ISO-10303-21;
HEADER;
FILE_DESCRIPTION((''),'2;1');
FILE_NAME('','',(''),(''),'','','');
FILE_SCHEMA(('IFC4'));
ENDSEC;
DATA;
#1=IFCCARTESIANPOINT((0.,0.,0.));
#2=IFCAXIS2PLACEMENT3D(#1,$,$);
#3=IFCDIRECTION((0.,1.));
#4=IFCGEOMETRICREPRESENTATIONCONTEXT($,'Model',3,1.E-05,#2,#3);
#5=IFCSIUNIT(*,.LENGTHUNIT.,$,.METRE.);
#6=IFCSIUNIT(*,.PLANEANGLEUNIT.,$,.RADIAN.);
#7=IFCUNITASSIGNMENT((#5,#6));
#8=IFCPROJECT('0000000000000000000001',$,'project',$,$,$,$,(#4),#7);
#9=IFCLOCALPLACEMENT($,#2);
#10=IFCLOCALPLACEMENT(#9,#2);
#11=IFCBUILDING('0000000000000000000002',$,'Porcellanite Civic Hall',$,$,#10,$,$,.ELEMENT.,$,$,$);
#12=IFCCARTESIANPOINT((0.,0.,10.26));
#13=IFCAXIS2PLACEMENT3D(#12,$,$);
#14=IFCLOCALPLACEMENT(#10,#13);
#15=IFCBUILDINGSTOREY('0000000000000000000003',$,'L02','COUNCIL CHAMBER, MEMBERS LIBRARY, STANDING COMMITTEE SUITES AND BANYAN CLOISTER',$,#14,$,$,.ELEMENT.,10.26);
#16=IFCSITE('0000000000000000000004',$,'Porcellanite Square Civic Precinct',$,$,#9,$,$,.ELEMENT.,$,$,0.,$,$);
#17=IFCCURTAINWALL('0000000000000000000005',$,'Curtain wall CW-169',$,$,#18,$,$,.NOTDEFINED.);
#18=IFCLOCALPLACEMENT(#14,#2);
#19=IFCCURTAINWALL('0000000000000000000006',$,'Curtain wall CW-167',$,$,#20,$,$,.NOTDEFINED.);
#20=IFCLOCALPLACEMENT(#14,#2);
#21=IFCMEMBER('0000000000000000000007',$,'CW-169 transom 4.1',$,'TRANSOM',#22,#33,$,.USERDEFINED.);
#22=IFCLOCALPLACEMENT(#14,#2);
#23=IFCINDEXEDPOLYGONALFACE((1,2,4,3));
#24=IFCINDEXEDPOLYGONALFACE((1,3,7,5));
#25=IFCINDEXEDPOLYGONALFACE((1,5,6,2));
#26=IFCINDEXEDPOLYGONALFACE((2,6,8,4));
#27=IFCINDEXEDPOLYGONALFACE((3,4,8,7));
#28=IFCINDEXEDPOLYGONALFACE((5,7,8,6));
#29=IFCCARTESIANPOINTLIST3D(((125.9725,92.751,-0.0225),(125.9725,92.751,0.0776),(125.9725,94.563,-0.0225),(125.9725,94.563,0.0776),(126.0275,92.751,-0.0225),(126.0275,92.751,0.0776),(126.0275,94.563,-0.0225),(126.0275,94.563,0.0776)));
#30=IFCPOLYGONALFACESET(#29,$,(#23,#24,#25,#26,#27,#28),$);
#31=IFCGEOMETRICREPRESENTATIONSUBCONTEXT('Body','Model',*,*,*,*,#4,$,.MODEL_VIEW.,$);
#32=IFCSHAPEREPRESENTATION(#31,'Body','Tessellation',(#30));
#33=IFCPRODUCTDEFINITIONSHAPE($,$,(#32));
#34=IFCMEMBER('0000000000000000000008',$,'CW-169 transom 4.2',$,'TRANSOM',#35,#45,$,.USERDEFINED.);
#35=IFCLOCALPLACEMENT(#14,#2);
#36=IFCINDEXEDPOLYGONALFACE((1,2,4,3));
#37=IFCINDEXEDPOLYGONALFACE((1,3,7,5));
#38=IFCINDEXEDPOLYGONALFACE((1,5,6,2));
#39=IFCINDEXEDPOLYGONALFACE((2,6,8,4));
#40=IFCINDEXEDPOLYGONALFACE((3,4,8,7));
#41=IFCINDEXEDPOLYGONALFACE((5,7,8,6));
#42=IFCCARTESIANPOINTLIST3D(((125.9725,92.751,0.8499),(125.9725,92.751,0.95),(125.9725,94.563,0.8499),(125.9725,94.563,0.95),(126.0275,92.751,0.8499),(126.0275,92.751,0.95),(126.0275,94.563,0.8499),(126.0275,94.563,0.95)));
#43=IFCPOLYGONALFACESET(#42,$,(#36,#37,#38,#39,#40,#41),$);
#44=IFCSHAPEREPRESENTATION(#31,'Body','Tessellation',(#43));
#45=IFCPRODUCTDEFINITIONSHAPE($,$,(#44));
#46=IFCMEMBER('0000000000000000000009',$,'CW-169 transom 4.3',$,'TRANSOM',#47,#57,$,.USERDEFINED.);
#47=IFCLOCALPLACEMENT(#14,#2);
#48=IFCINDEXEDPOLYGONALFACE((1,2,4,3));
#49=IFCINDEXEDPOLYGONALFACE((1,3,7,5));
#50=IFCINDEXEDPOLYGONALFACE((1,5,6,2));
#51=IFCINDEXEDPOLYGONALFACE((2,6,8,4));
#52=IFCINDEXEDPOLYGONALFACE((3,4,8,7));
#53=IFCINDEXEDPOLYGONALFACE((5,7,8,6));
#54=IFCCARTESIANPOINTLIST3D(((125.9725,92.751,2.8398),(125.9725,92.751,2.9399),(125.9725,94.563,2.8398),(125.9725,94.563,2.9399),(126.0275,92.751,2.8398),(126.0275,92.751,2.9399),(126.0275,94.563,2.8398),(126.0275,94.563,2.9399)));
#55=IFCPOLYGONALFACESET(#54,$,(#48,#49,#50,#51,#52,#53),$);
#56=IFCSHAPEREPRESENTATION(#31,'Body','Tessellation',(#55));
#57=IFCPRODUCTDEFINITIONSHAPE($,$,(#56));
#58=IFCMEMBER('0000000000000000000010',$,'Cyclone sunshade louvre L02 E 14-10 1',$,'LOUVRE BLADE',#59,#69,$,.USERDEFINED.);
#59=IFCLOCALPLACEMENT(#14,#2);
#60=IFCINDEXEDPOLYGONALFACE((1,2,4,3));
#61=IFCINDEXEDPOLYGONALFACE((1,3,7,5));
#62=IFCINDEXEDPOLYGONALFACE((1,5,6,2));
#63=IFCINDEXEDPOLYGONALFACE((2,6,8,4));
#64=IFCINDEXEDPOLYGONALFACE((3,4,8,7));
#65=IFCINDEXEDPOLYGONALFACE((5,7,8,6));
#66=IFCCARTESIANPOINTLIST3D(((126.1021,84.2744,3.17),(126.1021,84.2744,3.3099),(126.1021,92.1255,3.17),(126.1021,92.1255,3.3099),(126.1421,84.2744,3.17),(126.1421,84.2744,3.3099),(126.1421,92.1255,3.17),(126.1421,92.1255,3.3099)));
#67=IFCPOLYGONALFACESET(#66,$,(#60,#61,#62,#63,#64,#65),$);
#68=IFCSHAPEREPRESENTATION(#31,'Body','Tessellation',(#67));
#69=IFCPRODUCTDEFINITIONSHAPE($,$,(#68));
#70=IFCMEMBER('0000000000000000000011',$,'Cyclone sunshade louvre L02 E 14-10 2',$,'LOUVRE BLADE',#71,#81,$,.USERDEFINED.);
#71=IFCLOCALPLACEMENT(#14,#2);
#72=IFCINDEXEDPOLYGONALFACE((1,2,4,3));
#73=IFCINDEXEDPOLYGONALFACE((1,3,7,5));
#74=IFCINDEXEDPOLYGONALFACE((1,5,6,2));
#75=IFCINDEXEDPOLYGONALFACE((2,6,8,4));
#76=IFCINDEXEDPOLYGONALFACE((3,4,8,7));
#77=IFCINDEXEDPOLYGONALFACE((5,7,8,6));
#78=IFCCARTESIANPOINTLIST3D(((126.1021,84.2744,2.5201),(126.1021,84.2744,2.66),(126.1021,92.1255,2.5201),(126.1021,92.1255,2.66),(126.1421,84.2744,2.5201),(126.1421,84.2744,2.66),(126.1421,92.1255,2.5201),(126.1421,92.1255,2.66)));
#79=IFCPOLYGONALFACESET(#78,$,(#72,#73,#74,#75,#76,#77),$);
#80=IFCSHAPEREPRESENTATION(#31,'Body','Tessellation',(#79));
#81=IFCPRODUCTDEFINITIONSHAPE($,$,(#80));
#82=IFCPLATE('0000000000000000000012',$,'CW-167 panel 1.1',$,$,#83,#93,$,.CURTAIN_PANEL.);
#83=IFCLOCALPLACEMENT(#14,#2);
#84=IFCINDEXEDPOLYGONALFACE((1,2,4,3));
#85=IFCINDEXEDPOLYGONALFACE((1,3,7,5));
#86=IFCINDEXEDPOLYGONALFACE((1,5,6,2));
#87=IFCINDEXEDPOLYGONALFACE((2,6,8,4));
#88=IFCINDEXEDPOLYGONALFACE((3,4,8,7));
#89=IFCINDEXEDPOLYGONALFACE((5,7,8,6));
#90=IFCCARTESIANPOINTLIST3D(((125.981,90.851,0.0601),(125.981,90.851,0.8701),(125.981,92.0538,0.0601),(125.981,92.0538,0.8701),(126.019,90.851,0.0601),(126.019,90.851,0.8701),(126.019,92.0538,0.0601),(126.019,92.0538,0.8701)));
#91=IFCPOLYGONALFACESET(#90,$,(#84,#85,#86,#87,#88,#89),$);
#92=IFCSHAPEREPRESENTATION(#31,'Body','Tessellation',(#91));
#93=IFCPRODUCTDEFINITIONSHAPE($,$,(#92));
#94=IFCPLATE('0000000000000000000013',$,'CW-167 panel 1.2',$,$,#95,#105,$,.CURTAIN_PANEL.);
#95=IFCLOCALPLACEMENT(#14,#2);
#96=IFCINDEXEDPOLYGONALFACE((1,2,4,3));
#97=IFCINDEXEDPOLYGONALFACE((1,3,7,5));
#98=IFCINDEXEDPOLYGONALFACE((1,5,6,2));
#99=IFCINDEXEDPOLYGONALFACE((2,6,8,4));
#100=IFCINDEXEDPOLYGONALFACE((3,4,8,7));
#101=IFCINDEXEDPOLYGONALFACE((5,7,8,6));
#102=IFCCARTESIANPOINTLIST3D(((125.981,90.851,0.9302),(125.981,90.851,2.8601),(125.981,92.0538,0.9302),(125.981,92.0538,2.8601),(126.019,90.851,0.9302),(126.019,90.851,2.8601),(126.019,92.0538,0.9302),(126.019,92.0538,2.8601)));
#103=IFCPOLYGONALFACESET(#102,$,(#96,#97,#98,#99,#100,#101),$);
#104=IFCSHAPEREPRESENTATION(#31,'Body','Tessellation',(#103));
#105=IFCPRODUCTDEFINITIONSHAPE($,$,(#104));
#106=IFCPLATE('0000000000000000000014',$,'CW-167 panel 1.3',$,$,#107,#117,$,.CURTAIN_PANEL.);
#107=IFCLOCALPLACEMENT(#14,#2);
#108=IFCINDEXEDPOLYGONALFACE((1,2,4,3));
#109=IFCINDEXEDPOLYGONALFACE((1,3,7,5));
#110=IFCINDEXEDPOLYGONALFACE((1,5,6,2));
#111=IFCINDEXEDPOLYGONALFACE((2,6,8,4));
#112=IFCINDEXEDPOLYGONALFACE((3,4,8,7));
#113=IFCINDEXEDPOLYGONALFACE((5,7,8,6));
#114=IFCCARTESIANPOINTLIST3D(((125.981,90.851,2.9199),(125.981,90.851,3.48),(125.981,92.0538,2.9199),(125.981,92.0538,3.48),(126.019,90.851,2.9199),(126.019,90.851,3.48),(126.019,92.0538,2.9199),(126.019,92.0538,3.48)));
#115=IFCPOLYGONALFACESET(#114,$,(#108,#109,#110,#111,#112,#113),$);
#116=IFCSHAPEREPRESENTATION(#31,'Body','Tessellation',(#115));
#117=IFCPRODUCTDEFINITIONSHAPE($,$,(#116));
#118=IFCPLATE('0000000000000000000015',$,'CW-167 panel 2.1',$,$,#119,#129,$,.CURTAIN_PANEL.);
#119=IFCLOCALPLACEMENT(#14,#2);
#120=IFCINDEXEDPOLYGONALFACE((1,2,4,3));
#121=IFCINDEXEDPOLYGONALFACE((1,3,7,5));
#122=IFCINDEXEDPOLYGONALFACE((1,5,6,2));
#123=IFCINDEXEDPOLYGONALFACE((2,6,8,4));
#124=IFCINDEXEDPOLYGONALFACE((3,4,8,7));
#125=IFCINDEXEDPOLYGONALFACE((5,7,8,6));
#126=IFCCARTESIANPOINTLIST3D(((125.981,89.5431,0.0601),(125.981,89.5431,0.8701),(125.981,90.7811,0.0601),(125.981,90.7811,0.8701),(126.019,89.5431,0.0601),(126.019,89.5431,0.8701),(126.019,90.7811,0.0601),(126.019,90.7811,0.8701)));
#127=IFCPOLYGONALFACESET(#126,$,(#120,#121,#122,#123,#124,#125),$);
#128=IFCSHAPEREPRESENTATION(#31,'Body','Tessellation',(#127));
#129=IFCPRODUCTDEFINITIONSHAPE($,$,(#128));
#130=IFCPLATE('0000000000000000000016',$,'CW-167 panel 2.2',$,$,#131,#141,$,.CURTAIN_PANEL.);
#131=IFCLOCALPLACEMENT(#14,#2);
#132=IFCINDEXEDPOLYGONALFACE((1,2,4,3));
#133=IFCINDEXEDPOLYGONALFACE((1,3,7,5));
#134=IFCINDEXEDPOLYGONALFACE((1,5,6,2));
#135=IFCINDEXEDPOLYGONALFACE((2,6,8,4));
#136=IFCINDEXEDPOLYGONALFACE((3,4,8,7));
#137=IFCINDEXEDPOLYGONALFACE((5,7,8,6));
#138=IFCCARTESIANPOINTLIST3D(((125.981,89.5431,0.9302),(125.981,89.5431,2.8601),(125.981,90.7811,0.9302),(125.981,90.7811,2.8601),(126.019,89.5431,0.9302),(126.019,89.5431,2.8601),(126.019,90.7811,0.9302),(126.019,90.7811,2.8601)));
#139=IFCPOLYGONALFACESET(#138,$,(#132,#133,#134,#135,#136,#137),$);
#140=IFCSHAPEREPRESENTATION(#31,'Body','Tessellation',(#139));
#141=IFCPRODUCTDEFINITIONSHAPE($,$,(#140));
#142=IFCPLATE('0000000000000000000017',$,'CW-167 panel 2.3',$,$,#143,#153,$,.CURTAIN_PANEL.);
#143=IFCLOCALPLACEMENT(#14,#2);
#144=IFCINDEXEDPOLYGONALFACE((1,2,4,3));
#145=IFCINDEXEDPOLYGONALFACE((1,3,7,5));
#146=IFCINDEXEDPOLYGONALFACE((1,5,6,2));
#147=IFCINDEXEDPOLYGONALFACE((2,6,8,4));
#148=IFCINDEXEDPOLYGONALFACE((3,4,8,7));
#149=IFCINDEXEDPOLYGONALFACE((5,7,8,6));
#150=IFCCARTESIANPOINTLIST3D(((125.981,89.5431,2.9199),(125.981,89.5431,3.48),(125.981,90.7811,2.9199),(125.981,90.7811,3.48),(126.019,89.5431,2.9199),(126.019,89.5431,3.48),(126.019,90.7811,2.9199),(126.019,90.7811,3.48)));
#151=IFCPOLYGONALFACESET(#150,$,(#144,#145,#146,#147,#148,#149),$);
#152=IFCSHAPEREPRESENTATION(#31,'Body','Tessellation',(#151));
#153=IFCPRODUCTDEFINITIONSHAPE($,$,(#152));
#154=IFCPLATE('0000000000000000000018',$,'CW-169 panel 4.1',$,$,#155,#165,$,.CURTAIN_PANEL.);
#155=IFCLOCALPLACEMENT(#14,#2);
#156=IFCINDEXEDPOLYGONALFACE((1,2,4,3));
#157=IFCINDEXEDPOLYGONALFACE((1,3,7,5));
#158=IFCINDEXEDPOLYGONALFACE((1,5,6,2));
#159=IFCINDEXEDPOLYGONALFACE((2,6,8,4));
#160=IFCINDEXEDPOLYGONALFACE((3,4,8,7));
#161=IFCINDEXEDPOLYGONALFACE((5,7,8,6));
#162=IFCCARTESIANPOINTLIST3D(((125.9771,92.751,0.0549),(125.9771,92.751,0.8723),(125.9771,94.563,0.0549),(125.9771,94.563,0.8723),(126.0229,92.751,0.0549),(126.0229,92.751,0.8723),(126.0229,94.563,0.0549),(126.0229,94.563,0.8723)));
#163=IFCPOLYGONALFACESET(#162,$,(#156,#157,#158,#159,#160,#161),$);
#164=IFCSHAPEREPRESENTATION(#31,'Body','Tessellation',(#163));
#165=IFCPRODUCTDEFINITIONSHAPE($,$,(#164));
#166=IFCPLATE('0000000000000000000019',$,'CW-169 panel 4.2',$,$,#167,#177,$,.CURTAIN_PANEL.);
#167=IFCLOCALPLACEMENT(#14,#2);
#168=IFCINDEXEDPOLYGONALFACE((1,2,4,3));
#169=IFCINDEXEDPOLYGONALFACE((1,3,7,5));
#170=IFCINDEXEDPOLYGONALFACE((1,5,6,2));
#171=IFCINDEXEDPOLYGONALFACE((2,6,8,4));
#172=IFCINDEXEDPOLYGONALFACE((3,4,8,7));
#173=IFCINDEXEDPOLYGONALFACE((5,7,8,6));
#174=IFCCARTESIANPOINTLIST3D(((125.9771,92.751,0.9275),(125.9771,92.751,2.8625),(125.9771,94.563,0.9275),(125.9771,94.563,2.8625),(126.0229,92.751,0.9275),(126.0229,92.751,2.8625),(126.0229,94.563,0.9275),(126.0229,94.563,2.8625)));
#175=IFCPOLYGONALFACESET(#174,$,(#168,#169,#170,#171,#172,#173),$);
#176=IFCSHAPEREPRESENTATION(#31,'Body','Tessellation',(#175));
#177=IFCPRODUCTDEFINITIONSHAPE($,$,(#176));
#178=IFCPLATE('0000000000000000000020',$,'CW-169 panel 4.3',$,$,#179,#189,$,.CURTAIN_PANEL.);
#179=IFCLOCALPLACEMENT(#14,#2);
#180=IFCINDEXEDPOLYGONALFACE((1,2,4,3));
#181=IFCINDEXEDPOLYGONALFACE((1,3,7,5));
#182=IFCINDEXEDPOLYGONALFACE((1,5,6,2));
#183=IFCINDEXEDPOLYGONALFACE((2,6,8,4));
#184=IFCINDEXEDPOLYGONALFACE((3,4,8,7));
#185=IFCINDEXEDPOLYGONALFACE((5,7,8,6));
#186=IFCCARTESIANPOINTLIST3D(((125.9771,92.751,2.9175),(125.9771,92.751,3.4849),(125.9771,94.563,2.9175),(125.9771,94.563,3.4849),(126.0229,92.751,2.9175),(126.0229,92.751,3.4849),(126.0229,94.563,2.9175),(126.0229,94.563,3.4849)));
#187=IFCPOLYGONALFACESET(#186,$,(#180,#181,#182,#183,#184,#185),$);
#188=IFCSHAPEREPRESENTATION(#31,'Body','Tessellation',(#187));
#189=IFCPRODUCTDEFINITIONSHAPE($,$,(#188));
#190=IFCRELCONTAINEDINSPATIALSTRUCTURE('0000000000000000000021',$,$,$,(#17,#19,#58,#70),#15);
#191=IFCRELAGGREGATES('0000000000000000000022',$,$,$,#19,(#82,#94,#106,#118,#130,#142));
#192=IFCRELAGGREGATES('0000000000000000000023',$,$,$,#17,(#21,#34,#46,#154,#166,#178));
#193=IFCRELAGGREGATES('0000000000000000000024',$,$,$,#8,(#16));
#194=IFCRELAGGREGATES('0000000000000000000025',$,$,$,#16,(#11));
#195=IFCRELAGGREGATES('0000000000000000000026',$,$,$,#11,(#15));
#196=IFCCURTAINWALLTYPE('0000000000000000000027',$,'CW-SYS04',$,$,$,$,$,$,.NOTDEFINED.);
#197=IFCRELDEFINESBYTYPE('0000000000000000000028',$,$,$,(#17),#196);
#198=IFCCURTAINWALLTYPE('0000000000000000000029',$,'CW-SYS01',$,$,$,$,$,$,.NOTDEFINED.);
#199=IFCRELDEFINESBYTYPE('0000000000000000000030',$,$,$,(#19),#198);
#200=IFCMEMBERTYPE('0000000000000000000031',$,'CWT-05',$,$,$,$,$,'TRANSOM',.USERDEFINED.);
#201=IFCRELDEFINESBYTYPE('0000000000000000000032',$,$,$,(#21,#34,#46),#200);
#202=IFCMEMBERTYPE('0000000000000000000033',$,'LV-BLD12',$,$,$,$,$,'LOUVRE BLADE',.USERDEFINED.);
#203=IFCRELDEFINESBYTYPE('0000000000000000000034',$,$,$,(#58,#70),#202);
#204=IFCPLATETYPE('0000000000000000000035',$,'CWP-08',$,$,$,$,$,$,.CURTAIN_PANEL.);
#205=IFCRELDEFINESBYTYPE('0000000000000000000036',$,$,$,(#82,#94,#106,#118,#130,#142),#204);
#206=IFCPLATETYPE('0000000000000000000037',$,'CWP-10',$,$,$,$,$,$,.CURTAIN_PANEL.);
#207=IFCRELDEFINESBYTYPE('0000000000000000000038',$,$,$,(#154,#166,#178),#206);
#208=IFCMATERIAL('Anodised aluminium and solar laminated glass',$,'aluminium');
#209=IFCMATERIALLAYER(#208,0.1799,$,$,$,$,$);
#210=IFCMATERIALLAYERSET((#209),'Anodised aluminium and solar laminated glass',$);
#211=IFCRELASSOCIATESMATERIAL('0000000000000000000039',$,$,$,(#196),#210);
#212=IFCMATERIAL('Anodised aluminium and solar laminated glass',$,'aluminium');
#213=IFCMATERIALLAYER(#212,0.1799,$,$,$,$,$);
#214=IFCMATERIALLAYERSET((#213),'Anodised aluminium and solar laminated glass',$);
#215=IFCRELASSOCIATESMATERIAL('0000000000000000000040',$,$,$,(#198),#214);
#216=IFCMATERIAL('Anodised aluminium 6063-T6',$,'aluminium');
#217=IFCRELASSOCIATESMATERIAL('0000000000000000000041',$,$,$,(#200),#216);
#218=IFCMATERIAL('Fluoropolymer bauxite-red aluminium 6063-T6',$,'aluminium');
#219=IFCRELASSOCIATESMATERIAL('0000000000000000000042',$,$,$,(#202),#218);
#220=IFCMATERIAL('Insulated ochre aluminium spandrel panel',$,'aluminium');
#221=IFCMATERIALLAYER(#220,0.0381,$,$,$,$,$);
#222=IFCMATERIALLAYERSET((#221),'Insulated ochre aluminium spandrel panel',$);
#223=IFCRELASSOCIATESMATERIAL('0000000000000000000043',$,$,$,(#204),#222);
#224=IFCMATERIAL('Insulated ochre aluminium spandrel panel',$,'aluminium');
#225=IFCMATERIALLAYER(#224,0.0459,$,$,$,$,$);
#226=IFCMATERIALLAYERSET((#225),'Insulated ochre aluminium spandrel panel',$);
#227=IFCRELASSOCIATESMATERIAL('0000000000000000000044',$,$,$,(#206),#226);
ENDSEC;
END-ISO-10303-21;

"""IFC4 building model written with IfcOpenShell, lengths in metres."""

from ifc_helpers import new_model, si_unit, direction, frame, origin, origin_2d, place, context, subcontext, project, spatial, rectangle, extrude, material, layer, layer_set, material_profile, profile_set, type_object, element, aggregate, save


model = new_model("IFC4")

# Units and contexts
model_context = context("Model", 3, precision=1e-05, world=origin(), true_north=direction((0.0, 1.0)))
body_context = subcontext(model_context, "Body", "Model", "MODEL_VIEW")
ifc_project = project(units=[si_unit("LENGTHUNIT", "METRE"), si_unit("PLANEANGLEUNIT", "RADIAN")], contexts=[model_context])

# Site, building, storey
site_placement = place(None, origin())
site = spatial("IfcSite", under=ifc_project, at=site_placement, Name="Porcellanite Square Civic Precinct", CompositionType="ELEMENT", RefElevation=0.0)
building_placement = place(site_placement, origin())
building = spatial("IfcBuilding", under=site, at=building_placement, Name="Porcellanite Civic Hall", CompositionType="ELEMENT")
storey_placement = place(building_placement, frame((0.0, 0.0, 10.26)))
storey = spatial("IfcBuildingStorey", under=building, at=storey_placement, Name="L02", Description="COUNCIL CHAMBER, MEMBERS LIBRARY, STANDING COMMITTEE SUITES AND BANYAN CLOISTER", CompositionType="ELEMENT", Elevation=10.26)

# Curtain wall
ifc_material_1 = material(Name="Anodised aluminium and solar laminated glass", Category="aluminium")
ifc_layer_1 = layer(ifc_material_1, 0.1799)
ifc_layer_set_1 = layer_set([ifc_layer_1], Name="Anodised aluminium and solar laminated glass")
curtain_wall_type_1 = type_object("IfcCurtainWallType", Name="CW-SYS04", PredefinedType="NOTDEFINED", material=ifc_layer_set_1)
curtain_wall_1_placement = place(storey_placement, origin())
curtain_wall_1 = element("IfcCurtainWall", 1, at=curtain_wall_1_placement, inside=storey, type_object=curtain_wall_type_1, Name="Curtain wall CW-169", PredefinedType="NOTDEFINED")

# Curtain wall
ifc_material_2 = material(Name="Anodised aluminium and solar laminated glass", Category="aluminium")
ifc_layer_2 = layer(ifc_material_2, 0.1799)
ifc_layer_set_2 = layer_set([ifc_layer_2], Name="Anodised aluminium and solar laminated glass")
curtain_wall_type_2 = type_object("IfcCurtainWallType", Name="CW-SYS01", PredefinedType="NOTDEFINED", material=ifc_layer_set_2)
curtain_wall_2_placement = place(storey_placement, origin())
curtain_wall_2 = element("IfcCurtainWall", 2, at=curtain_wall_2_placement, inside=storey, type_object=curtain_wall_type_2, Name="Curtain wall CW-167", PredefinedType="NOTDEFINED")

# Members
ifc_material_3 = material(Name="Anodised aluminium 6063-T6", Category="aluminium")
ifc_material_profile_1 = material_profile(ifc_material_3, rectangle(XDim=0.0549, YDim=0.1001, at=origin_2d()), Name="AL-55x100")
ifc_profile_set_1 = profile_set([ifc_material_profile_1], Name="Anodised aluminium 6063-T6")
member_type_1 = type_object("IfcMemberType", Name="CWT-05", ElementType="TRANSOM", PredefinedType="USERDEFINED", material=ifc_profile_set_1)
member_1_placement = place(storey_placement, frame((126.0, 94.563, 0.0276), z_axis=(0.0, -1.0, 0.0), x_axis=(1.0, 0.0, 0.0)))
member_1 = element("IfcMember", 3, at=member_1_placement, type_object=member_type_1, Name="CW-169 transom 4.1", ObjectType="TRANSOM", PredefinedType="USERDEFINED", context=body_context, shape_type="SweptSolid", body=[
    extrude(rectangle(XDim=0.0549, YDim=0.1001, at=origin_2d()), origin(), (0.0, 0.0, 1.0), 1.812),
])
member_2_placement = place(storey_placement, frame((126.0, 94.563, 0.8999), z_axis=(0.0, -1.0, 0.0), x_axis=(1.0, 0.0, 0.0)))
member_2 = element("IfcMember", 4, at=member_2_placement, type_object=member_type_1, Name="CW-169 transom 4.2", ObjectType="TRANSOM", PredefinedType="USERDEFINED", context=body_context, shape_type="SweptSolid", body=[
    extrude(rectangle(XDim=0.0549, YDim=0.1001, at=origin_2d()), origin(), (0.0, 0.0, 1.0), 1.812),
])
member_3_placement = place(storey_placement, frame((126.0, 94.563, 2.8899), z_axis=(0.0, -1.0, 0.0), x_axis=(1.0, 0.0, 0.0)))
member_3 = element("IfcMember", 5, at=member_3_placement, type_object=member_type_1, Name="CW-169 transom 4.3", ObjectType="TRANSOM", PredefinedType="USERDEFINED", context=body_context, shape_type="SweptSolid", body=[
    extrude(rectangle(XDim=0.0549, YDim=0.1001, at=origin_2d()), origin(), (0.0, 0.0, 1.0), 1.812),
])

# Members
ifc_material_4 = material(Name="Fluoropolymer bauxite-red aluminium 6063-T6", Category="aluminium")
ifc_material_profile_2 = material_profile(ifc_material_4, rectangle(XDim=0.04, YDim=0.1399, at=origin_2d()), Name="AL-40x140")
ifc_profile_set_2 = profile_set([ifc_material_profile_2], Name="Fluoropolymer bauxite-red aluminium 6063-T6")
member_type_2 = type_object("IfcMemberType", Name="LV-BLD12", ElementType="LOUVRE BLADE", PredefinedType="USERDEFINED", material=ifc_profile_set_2)
for number, where, z_axis, x_axis, name in (
    (6, (126.1221, 92.1255, 3.24), (0.0, -1.0, 0.0), (1.0, 0.0, 0.0), "Cyclone sunshade louvre L02 E 14-10 1"),
    (7, (126.1221, 92.1255, 2.5901), (0.0, -1.0, 0.0), (1.0, 0.0, 0.0), "Cyclone sunshade louvre L02 E 14-10 2"),
):
    element("IfcMember", number, at=place(storey_placement, frame(where, z_axis=z_axis, x_axis=x_axis)), inside=storey, type_object=member_type_2, Name=name, ObjectType="LOUVRE BLADE", PredefinedType="USERDEFINED", context=body_context, shape_type="SweptSolid", body=[
        extrude(rectangle(XDim=0.04, YDim=0.1399, at=origin_2d()), origin(), (0.0, 0.0, 1.0), 7.8511),
    ])

# Plates
ifc_material_5 = material(Name="Insulated ochre aluminium spandrel panel", Category="aluminium")
ifc_layer_3 = layer(ifc_material_5, 0.0381)
ifc_layer_set_3 = layer_set([ifc_layer_3], Name="Insulated ochre aluminium spandrel panel")
plate_type_1 = type_object("IfcPlateType", Name="CWP-08", PredefinedType="CURTAIN_PANEL", material=ifc_layer_set_3)
plate_1_placement = place(storey_placement, frame((126.0, 91.4524, 0.0601), z_axis=(0.0, 0.0, 1.0), x_axis=(0.0, -1.0, 0.0)))
plate_1 = element("IfcPlate", 8, at=plate_1_placement, type_object=plate_type_1, Name="CW-167 panel 1.1", PredefinedType="CURTAIN_PANEL", context=body_context, shape_type="SweptSolid", body=[
    extrude(rectangle(XDim=1.2029, YDim=0.0381, at=origin_2d()), origin(), (0.0, 0.0, 1.0), 0.8101),
])
plate_2_placement = place(storey_placement, frame((126.0, 91.4524, 0.9302), z_axis=(0.0, 0.0, 1.0), x_axis=(0.0, -1.0, 0.0)))
plate_2 = element("IfcPlate", 9, at=plate_2_placement, type_object=plate_type_1, Name="CW-167 panel 1.2", PredefinedType="CURTAIN_PANEL", context=body_context, shape_type="SweptSolid", body=[
    extrude(rectangle(XDim=1.2029, YDim=0.0381, at=origin_2d()), origin(), (0.0, 0.0, 1.0), 1.9299),
])
plate_3_placement = place(storey_placement, frame((126.0, 91.4524, 2.9199), z_axis=(0.0, 0.0, 1.0), x_axis=(0.0, -1.0, 0.0)))
plate_3 = element("IfcPlate", 10, at=plate_3_placement, type_object=plate_type_1, Name="CW-167 panel 1.3", PredefinedType="CURTAIN_PANEL", context=body_context, shape_type="SweptSolid", body=[
    extrude(rectangle(XDim=1.2029, YDim=0.0381, at=origin_2d()), origin(), (0.0, 0.0, 1.0), 0.5601),
])
plate_4_placement = place(storey_placement, frame((126.0, 90.1621, 0.0601), z_axis=(0.0, 0.0, 1.0), x_axis=(0.0, -1.0, 0.0)))
plate_4 = element("IfcPlate", 11, at=plate_4_placement, type_object=plate_type_1, Name="CW-167 panel 2.1", PredefinedType="CURTAIN_PANEL", context=body_context, shape_type="SweptSolid", body=[
    extrude(rectangle(XDim=1.238, YDim=0.0381, at=origin_2d()), origin(), (0.0, 0.0, 1.0), 0.8101),
])
plate_5_placement = place(storey_placement, frame((126.0, 90.1621, 0.9302), z_axis=(0.0, 0.0, 1.0), x_axis=(0.0, -1.0, 0.0)))
plate_5 = element("IfcPlate", 12, at=plate_5_placement, type_object=plate_type_1, Name="CW-167 panel 2.2", PredefinedType="CURTAIN_PANEL", context=body_context, shape_type="SweptSolid", body=[
    extrude(rectangle(XDim=1.238, YDim=0.0381, at=origin_2d()), origin(), (0.0, 0.0, 1.0), 1.9299),
])
plate_6_placement = place(storey_placement, frame((126.0, 90.1621, 2.9199), z_axis=(0.0, 0.0, 1.0), x_axis=(0.0, -1.0, 0.0)))
plate_6 = element("IfcPlate", 13, at=plate_6_placement, type_object=plate_type_1, Name="CW-167 panel 2.3", PredefinedType="CURTAIN_PANEL", context=body_context, shape_type="SweptSolid", body=[
    extrude(rectangle(XDim=1.238, YDim=0.0381, at=origin_2d()), origin(), (0.0, 0.0, 1.0), 0.5601),
])
aggregate(curtain_wall_2, [plate_1, plate_2, plate_3, plate_4, plate_5, plate_6])
ifc_material_6 = material(Name="Insulated ochre aluminium spandrel panel", Category="aluminium")
ifc_layer_4 = layer(ifc_material_6, 0.0459)
ifc_layer_set_4 = layer_set([ifc_layer_4], Name="Insulated ochre aluminium spandrel panel")
plate_type_2 = type_object("IfcPlateType", Name="CWP-10", PredefinedType="CURTAIN_PANEL", material=ifc_layer_set_4)
plate_7_placement = place(storey_placement, frame((126.0, 93.657, 0.0549), z_axis=(0.0, 0.0, 1.0), x_axis=(0.0, -1.0, 0.0)))
plate_7 = element("IfcPlate", 14, at=plate_7_placement, type_object=plate_type_2, Name="CW-169 panel 4.1", PredefinedType="CURTAIN_PANEL", context=body_context, shape_type="SweptSolid", body=[
    extrude(rectangle(XDim=1.812, YDim=0.0459, at=origin_2d()), origin(), (0.0, 0.0, 1.0), 0.8174),
])
plate_8_placement = place(storey_placement, frame((126.0, 93.657, 0.9275), z_axis=(0.0, 0.0, 1.0), x_axis=(0.0, -1.0, 0.0)))
plate_8 = element("IfcPlate", 15, at=plate_8_placement, type_object=plate_type_2, Name="CW-169 panel 4.2", PredefinedType="CURTAIN_PANEL", context=body_context, shape_type="SweptSolid", body=[
    extrude(rectangle(XDim=1.812, YDim=0.0459, at=origin_2d()), origin(), (0.0, 0.0, 1.0), 1.9351),
])
plate_9_placement = place(storey_placement, frame((126.0, 93.657, 2.9175), z_axis=(0.0, 0.0, 1.0), x_axis=(0.0, -1.0, 0.0)))
plate_9 = element("IfcPlate", 16, at=plate_9_placement, type_object=plate_type_2, Name="CW-169 panel 4.3", PredefinedType="CURTAIN_PANEL", context=body_context, shape_type="SweptSolid", body=[
    extrude(rectangle(XDim=1.812, YDim=0.0459, at=origin_2d()), origin(), (0.0, 0.0, 1.0), 0.5674),
])
aggregate(curtain_wall_1, [member_1, member_2, member_3, plate_7, plate_8, plate_9])

save(model, "model.ifc")
